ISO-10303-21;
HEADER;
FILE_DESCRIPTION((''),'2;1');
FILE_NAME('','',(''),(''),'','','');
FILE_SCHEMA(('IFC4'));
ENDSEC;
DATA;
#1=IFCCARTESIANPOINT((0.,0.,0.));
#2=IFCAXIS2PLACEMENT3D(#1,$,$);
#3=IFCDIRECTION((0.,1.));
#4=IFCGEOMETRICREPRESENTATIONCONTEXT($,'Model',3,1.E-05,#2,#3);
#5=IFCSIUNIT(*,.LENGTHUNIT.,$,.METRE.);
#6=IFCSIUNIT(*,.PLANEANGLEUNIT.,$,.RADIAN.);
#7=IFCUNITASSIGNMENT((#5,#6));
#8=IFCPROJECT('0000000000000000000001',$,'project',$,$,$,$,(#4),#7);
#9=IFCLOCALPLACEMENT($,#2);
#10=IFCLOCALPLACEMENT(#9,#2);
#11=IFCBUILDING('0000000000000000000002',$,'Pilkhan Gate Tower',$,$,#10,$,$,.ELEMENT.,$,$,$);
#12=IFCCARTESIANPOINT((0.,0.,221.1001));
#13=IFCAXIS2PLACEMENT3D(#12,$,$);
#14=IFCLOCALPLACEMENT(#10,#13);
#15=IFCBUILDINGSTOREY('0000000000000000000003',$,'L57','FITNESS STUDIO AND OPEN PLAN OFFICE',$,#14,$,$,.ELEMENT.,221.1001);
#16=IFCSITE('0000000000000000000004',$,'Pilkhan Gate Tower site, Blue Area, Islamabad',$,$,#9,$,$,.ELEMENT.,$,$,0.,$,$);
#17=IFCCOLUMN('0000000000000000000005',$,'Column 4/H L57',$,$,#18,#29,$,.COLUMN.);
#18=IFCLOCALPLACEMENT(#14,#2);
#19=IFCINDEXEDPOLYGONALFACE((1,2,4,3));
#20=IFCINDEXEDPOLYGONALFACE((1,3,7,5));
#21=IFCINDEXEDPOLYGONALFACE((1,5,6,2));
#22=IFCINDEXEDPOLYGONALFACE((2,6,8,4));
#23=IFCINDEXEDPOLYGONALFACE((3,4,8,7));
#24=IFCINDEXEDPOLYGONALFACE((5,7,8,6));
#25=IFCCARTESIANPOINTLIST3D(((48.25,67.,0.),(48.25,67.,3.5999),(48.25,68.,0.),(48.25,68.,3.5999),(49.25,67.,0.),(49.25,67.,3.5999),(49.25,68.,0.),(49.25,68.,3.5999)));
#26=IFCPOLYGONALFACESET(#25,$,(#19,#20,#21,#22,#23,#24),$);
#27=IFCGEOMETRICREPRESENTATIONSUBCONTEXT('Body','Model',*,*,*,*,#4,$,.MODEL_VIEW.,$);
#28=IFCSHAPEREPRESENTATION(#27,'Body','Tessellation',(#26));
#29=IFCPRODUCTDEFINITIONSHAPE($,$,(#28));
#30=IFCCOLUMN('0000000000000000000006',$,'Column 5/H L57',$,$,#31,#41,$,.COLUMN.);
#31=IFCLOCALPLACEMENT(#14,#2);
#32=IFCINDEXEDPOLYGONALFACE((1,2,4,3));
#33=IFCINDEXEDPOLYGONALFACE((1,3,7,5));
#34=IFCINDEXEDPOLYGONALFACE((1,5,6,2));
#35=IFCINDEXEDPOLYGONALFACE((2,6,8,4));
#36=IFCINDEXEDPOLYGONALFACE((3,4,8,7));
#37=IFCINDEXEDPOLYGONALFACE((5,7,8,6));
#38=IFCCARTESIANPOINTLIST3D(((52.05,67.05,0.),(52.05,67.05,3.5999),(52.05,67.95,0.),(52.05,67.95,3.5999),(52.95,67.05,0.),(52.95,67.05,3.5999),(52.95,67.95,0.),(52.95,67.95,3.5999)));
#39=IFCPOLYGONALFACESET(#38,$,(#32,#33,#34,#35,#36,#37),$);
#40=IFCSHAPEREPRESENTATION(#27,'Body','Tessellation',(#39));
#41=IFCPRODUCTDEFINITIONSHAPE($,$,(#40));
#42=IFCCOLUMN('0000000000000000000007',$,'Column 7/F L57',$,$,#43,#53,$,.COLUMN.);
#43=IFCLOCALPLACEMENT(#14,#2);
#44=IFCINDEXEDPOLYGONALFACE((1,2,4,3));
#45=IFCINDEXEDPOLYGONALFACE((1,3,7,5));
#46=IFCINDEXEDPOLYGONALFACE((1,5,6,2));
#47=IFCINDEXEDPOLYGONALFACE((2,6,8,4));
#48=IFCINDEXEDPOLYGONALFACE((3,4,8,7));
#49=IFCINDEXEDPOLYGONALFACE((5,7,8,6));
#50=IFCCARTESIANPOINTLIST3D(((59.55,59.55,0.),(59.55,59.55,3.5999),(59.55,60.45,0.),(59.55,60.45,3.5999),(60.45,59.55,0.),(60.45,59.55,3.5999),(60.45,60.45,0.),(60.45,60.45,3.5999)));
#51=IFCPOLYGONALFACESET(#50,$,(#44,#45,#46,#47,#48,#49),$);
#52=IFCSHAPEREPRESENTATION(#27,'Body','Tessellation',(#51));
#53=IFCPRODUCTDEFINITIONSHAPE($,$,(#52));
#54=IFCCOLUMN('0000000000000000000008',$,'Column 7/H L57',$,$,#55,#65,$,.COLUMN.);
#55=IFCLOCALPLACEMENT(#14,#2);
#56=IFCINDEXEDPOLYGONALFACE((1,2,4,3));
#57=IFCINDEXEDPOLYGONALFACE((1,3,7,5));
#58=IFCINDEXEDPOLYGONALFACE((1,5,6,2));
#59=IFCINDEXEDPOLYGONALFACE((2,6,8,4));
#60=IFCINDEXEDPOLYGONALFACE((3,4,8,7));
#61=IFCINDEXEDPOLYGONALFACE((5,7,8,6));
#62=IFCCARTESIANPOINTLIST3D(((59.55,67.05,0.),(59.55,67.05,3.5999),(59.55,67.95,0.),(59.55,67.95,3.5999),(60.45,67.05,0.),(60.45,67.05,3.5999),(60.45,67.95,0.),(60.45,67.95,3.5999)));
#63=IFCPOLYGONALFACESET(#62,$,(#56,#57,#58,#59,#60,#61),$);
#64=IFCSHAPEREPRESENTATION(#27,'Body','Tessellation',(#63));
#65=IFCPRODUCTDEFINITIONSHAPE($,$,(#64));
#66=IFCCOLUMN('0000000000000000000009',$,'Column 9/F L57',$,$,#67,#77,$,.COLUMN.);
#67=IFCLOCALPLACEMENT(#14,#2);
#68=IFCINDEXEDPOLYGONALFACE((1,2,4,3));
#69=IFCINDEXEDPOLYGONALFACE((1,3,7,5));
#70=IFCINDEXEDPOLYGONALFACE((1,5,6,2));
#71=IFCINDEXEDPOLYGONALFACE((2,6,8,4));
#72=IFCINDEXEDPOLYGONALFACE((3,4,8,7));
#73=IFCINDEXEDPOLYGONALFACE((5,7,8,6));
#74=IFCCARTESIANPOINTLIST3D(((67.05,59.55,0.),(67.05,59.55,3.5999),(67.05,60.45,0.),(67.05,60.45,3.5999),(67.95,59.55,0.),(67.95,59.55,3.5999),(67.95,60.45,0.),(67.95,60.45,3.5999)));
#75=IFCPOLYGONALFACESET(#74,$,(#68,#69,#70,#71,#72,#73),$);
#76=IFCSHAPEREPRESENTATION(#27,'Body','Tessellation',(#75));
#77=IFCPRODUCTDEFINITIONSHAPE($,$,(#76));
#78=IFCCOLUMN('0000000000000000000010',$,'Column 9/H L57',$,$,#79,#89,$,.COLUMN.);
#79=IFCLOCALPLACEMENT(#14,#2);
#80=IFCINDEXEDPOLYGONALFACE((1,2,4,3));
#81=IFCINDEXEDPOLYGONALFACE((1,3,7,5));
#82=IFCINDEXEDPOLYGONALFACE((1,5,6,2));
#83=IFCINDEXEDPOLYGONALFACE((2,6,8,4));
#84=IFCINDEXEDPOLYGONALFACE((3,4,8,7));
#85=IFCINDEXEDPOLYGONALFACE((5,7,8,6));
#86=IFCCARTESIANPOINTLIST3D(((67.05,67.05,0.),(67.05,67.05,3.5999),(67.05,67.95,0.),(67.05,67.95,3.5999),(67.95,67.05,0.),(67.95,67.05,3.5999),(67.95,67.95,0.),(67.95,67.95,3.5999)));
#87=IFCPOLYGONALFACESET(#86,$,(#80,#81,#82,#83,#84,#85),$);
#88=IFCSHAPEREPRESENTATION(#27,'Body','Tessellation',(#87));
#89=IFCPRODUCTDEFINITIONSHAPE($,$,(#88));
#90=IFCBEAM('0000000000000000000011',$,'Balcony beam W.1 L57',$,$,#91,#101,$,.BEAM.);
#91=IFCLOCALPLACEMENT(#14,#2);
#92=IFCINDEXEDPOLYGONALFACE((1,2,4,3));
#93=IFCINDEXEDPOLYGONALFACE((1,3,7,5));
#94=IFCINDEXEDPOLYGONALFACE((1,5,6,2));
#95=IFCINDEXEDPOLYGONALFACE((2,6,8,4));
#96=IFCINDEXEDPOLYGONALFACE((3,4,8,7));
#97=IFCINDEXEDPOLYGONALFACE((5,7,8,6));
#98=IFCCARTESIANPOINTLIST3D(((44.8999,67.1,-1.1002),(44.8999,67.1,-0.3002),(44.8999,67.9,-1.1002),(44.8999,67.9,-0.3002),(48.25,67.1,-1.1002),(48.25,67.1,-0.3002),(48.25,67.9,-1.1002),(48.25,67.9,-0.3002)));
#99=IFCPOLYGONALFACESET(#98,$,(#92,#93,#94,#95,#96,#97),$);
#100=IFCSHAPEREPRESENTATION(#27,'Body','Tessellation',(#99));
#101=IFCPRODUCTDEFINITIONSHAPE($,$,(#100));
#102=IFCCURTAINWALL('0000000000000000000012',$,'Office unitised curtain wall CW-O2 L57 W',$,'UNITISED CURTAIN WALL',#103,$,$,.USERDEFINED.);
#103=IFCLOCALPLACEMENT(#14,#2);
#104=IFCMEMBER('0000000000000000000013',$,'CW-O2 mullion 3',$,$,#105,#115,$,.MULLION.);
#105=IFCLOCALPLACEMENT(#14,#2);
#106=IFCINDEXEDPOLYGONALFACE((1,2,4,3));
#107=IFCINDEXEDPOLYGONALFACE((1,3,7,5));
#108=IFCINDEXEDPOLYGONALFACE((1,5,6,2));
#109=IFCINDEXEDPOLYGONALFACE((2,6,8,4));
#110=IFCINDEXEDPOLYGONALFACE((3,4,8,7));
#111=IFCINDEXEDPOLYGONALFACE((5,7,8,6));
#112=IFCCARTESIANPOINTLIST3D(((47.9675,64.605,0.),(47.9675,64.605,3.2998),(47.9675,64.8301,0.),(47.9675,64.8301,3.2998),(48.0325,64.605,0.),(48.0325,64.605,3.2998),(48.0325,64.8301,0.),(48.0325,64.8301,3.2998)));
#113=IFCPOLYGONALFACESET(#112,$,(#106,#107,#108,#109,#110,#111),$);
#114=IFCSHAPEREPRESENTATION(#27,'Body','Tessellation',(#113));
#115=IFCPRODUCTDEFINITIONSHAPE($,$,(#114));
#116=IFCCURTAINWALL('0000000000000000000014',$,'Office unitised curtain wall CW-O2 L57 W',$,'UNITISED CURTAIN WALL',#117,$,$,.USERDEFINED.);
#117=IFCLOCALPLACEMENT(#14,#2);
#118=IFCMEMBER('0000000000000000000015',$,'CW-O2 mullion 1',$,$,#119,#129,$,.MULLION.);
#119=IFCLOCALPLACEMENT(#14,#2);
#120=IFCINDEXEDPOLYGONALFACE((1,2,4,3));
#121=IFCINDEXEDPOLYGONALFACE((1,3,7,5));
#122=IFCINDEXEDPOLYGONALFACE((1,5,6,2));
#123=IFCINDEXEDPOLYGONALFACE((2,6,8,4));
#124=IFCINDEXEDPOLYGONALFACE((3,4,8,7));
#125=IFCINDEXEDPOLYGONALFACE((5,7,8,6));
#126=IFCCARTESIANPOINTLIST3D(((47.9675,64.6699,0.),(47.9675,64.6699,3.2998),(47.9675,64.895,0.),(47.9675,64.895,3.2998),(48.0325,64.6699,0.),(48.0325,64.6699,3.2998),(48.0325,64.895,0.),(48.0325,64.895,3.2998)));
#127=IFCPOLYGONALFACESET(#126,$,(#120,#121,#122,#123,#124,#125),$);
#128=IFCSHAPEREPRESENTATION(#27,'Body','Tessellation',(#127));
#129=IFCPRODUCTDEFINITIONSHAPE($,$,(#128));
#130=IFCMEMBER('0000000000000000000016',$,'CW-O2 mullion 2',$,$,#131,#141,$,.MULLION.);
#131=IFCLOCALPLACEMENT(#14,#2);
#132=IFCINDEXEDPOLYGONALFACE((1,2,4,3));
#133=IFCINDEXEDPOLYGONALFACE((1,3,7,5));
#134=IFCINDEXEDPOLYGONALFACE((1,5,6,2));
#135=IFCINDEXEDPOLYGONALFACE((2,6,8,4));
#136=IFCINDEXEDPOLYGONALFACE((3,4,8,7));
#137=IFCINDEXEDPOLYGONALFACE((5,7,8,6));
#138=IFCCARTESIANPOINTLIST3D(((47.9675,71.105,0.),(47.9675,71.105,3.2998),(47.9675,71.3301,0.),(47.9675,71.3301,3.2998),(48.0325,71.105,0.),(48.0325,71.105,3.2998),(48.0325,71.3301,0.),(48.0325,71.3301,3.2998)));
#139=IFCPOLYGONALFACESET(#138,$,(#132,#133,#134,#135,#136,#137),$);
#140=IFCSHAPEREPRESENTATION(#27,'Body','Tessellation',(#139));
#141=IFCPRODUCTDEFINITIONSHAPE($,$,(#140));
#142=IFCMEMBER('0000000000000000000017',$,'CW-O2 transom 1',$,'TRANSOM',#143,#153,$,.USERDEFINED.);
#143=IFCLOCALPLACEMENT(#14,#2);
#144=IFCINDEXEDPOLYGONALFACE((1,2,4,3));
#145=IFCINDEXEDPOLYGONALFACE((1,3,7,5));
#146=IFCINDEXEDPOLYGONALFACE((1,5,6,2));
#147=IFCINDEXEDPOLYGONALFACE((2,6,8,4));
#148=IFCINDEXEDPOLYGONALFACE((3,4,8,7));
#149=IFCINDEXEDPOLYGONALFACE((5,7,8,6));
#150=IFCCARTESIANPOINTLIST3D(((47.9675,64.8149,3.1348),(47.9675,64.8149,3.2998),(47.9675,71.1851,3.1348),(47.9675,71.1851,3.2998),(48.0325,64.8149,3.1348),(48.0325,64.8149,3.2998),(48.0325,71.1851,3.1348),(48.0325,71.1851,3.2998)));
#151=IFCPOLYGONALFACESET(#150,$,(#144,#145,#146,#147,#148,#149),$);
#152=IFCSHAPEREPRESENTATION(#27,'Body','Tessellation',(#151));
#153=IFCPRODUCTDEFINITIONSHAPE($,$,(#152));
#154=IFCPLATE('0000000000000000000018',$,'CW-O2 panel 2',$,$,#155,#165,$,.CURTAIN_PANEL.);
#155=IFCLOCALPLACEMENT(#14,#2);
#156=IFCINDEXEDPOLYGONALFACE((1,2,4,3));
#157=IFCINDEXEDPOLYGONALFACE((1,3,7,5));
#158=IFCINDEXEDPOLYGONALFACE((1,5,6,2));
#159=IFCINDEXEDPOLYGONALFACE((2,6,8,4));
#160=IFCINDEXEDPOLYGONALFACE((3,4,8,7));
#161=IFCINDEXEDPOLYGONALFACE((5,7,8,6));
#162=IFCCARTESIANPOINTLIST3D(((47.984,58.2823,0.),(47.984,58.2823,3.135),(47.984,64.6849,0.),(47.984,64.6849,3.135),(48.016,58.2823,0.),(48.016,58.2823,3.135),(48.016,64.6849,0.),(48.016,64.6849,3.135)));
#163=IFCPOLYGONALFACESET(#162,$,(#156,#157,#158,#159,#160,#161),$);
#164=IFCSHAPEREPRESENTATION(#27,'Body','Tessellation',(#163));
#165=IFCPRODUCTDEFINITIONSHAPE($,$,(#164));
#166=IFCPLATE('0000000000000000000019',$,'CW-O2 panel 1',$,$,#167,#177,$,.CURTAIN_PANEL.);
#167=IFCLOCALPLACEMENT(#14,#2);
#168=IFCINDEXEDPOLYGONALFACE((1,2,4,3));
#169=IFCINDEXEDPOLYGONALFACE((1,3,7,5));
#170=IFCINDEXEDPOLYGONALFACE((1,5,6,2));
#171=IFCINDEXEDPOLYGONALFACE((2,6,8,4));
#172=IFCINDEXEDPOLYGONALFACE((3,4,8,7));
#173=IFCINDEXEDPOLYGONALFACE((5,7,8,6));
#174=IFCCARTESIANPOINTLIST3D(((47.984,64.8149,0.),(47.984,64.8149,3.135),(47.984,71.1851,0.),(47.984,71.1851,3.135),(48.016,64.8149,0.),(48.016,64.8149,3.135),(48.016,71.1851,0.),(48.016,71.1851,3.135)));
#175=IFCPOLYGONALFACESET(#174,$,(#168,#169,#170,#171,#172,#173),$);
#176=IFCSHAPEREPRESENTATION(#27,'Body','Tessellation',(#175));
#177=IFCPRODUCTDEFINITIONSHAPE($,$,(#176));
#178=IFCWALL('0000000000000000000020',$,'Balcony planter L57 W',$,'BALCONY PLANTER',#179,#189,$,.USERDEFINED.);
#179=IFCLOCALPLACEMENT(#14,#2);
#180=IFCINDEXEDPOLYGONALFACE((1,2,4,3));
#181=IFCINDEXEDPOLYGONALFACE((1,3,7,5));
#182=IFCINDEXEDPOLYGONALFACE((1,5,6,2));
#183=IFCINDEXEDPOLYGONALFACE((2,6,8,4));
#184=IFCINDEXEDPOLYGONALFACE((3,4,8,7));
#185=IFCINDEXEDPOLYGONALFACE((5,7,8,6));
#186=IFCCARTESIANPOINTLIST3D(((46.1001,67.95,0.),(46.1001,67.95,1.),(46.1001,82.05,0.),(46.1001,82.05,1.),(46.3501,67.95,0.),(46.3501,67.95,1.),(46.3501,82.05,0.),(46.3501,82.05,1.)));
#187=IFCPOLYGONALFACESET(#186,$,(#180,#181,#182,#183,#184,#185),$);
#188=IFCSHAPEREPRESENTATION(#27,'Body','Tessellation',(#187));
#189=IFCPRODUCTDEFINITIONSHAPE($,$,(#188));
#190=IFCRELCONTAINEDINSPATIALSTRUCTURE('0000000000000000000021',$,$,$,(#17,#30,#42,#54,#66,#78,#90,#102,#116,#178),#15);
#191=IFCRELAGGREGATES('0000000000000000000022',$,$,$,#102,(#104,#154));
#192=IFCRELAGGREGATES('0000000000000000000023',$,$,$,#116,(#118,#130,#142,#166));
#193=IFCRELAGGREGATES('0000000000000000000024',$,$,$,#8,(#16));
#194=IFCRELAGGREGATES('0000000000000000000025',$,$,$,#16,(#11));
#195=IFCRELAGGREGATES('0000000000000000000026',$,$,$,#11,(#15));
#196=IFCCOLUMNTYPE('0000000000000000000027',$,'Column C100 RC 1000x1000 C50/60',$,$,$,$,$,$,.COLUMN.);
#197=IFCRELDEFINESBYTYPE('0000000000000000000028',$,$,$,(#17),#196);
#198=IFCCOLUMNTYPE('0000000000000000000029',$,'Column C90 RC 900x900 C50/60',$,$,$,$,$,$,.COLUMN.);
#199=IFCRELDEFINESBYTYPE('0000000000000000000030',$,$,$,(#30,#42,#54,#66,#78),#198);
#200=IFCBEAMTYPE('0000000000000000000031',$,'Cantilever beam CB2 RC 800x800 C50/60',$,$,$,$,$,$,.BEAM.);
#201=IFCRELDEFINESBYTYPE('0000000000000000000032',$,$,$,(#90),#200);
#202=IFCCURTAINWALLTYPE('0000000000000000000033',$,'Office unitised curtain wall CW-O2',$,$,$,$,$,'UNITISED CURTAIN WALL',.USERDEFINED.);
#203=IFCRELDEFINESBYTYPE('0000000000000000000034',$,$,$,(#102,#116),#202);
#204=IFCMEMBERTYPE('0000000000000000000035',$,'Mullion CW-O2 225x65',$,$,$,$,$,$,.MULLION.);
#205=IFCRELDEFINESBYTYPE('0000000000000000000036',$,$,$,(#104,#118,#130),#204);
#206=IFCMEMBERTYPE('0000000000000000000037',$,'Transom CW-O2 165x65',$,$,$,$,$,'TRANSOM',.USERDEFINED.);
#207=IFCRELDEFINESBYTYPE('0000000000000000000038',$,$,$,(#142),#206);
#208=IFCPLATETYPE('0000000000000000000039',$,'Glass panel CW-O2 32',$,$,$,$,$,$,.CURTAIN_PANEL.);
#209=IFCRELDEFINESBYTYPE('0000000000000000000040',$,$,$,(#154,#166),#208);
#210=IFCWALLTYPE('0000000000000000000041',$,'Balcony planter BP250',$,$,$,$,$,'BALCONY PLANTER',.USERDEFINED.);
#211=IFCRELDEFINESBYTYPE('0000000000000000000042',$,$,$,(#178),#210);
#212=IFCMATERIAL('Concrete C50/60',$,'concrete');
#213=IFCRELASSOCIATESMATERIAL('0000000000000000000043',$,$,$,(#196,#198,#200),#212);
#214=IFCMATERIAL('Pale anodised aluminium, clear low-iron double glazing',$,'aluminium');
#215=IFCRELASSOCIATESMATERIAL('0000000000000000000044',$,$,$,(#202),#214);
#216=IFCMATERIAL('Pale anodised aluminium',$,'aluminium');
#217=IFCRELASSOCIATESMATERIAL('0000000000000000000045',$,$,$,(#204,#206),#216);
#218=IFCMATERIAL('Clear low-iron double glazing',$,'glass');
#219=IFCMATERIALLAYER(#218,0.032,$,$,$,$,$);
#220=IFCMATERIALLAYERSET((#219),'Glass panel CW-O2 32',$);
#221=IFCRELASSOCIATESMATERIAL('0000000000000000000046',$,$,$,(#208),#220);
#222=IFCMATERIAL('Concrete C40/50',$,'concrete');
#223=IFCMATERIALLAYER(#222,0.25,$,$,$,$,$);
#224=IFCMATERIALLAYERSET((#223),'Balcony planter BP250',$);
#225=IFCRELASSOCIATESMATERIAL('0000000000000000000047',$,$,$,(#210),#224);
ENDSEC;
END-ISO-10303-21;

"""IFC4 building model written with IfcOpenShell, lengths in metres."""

from ifc_helpers import new_model, si_unit, direction, frame, frame_2d, origin, origin_2d, place, context, subcontext, project, spatial, rectangle, extrude, material, layer, layer_set, material_profile, profile_set, type_object, element, aggregate, save


model = new_model("IFC4")

# Units and contexts
model_context = context("Model", 3, precision=1e-05, world=origin(), true_north=direction((0.0, 1.0)))
body_context = subcontext(model_context, "Body", "Model", "MODEL_VIEW")
ifc_project = project(units=[si_unit("LENGTHUNIT", "METRE"), si_unit("PLANEANGLEUNIT", "RADIAN")], contexts=[model_context])

# Site, building, storey
site_placement = place(None, origin())
site = spatial("IfcSite", under=ifc_project, at=site_placement, Name="Pilkhan Gate Tower site, Blue Area, Islamabad", CompositionType="ELEMENT", RefElevation=0.0)
building_placement = place(site_placement, origin())
building = spatial("IfcBuilding", under=site, at=building_placement, Name="Pilkhan Gate Tower", CompositionType="ELEMENT")
storey_placement = place(building_placement, frame((0.0, 0.0, 221.1001)))
storey = spatial("IfcBuildingStorey", under=building, at=storey_placement, Name="L57", Description="FITNESS STUDIO AND OPEN PLAN OFFICE", CompositionType="ELEMENT", Elevation=221.1001)

# Columns
ifc_material_1 = material(Name="Concrete C50/60", Category="concrete")
ifc_material_profile_1 = material_profile(ifc_material_1, rectangle(XDim=1.0, YDim=1.0, at=origin_2d()), Name="RC 1000x1000")
ifc_profile_set_1 = profile_set([ifc_material_profile_1], Name="Concrete C50/60")
column_type_1 = type_object("IfcColumnType", Name="Column C100 RC 1000x1000 C50/60", PredefinedType="COLUMN", material=ifc_profile_set_1)
column_placement = place(storey_placement, frame((48.75, 67.5, 0.0), z_axis=(0.0, 0.0, 1.0), x_axis=(1.0, 0.0, 0.0)))
element("IfcColumn", 1, at=column_placement, inside=storey, type_object=column_type_1, Name="Column 4/H L57", PredefinedType="COLUMN", context=body_context, shape_type="SweptSolid", body=[
    extrude(rectangle(XDim=1.0, YDim=1.0, at=origin_2d()), origin(), (0.0, 0.0, 1.0), 3.5999),
])
ifc_material_profile_2 = material_profile(ifc_material_1, rectangle(XDim=0.8999, YDim=0.8999, at=origin_2d()), Name="RC 900x900")
ifc_profile_set_2 = profile_set([ifc_material_profile_2], Name="Concrete C50/60")
column_type_2 = type_object("IfcColumnType", Name="Column C90 RC 900x900 C50/60", PredefinedType="COLUMN", material=ifc_profile_set_2)
for number, where, z_axis, x_axis, name in (
    (2, (52.5, 67.5, 0.0), (0.0, 0.0, 1.0), (1.0, 0.0, 0.0), "Column 5/H L57"),
    (3, (60.0, 60.0, 0.0), (0.0, 0.0, 1.0), (1.0, 0.0, 0.0), "Column 7/F L57"),
    (4, (60.0, 67.5, 0.0), (0.0, 0.0, 1.0), (1.0, 0.0, 0.0), "Column 7/H L57"),
    (5, (67.5, 60.0, 0.0), (0.0, 0.0, 1.0), (1.0, 0.0, 0.0), "Column 9/F L57"),
    (6, (67.5, 67.5, 0.0), (0.0, 0.0, 1.0), (1.0, 0.0, 0.0), "Column 9/H L57"),
):
    element("IfcColumn", number, at=place(storey_placement, frame(where, z_axis=z_axis, x_axis=x_axis)), inside=storey, type_object=column_type_2, Name=name, PredefinedType="COLUMN", context=body_context, shape_type="SweptSolid", body=[
        extrude(rectangle(XDim=0.8999, YDim=0.8999, at=origin_2d()), origin(), (0.0, 0.0, 1.0), 3.5999),
    ])

# Beam
ifc_material_profile_3 = material_profile(ifc_material_1, rectangle(XDim=0.8, YDim=0.8, at=origin_2d()), Name="RC 800x800")
ifc_profile_set_3 = profile_set([ifc_material_profile_3], Name="Concrete C50/60")
beam_type = type_object("IfcBeamType", Name="Cantilever beam CB2 RC 800x800 C50/60", PredefinedType="BEAM", material=ifc_profile_set_3)
beam_placement = place(storey_placement, frame((48.25, 67.5, -0.7002), z_axis=(-1.0, 0.0, 0.0), x_axis=(0.0, -1.0, 0.0)))
element("IfcBeam", 7, at=beam_placement, inside=storey, type_object=beam_type, Name="Balcony beam W.1 L57", PredefinedType="BEAM", context=body_context, shape_type="SweptSolid", body=[
    extrude(rectangle(XDim=0.8, YDim=0.8, at=origin_2d()), origin(), (0.0, 0.0, 1.0), 3.3501),
])

# Curtain wall, member
ifc_material_2 = material(Name="Pale anodised aluminium, clear low-iron double glazing", Category="aluminium")
curtain_wall_type = type_object("IfcCurtainWallType", Name="Office unitised curtain wall CW-O2", ElementType="UNITISED CURTAIN WALL", PredefinedType="USERDEFINED", material=ifc_material_2)
curtain_wall_1_placement = place(storey_placement, origin())
curtain_wall_1 = element("IfcCurtainWall", 8, at=curtain_wall_1_placement, inside=storey, type_object=curtain_wall_type, Name="Office unitised curtain wall CW-O2 L57 W", ObjectType="UNITISED CURTAIN WALL", PredefinedType="USERDEFINED")
ifc_material_3 = material(Name="Pale anodised aluminium", Category="aluminium")
ifc_material_profile_4 = material_profile(ifc_material_3, rectangle(XDim=0.0649, YDim=0.2251, at=origin_2d()), Name="Mullion 225x65")
ifc_profile_set_4 = profile_set([ifc_material_profile_4], Name="Pale anodised aluminium")
member_type_1 = type_object("IfcMemberType", Name="Mullion CW-O2 225x65", PredefinedType="MULLION", material=ifc_profile_set_4)
member_1_placement = place(storey_placement, frame((48.0, 64.7175, 0.0), z_axis=(0.0, 0.0, 1.0), x_axis=(-1.0, 0.0, 0.0)))
member_1 = element("IfcMember", 9, at=member_1_placement, type_object=member_type_1, Name="CW-O2 mullion 3", PredefinedType="MULLION", context=body_context, shape_type="SweptSolid", body=[
    extrude(rectangle(XDim=0.0649, YDim=0.2251, at=origin_2d()), origin(), (0.0, 0.0, 1.0), 3.2998),
])

# Curtain wall, members
curtain_wall_2_placement = place(storey_placement, origin())
curtain_wall_2 = element("IfcCurtainWall", 10, at=curtain_wall_2_placement, inside=storey, type_object=curtain_wall_type, Name="Office unitised curtain wall CW-O2 L57 W", ObjectType="UNITISED CURTAIN WALL", PredefinedType="USERDEFINED")
member_2_placement = place(storey_placement, frame((48.0, 64.7825, 0.0), z_axis=(0.0, 0.0, 1.0), x_axis=(-1.0, 0.0, 0.0)))
member_2 = element("IfcMember", 11, at=member_2_placement, type_object=member_type_1, Name="CW-O2 mullion 1", PredefinedType="MULLION", context=body_context, shape_type="SweptSolid", body=[
    extrude(rectangle(XDim=0.0649, YDim=0.2251, at=origin_2d()), origin(), (0.0, 0.0, 1.0), 3.2998),
])
member_3_placement = place(storey_placement, frame((48.0, 71.2175, 0.0), z_axis=(0.0, 0.0, 1.0), x_axis=(-1.0, 0.0, 0.0)))
member_3 = element("IfcMember", 12, at=member_3_placement, type_object=member_type_1, Name="CW-O2 mullion 2", PredefinedType="MULLION", context=body_context, shape_type="SweptSolid", body=[
    extrude(rectangle(XDim=0.0649, YDim=0.2251, at=origin_2d()), origin(), (0.0, 0.0, 1.0), 3.2998),
])
ifc_material_profile_5 = material_profile(ifc_material_3, rectangle(XDim=0.0649, YDim=0.165, at=origin_2d()), Name="Transom 165x65")
ifc_profile_set_5 = profile_set([ifc_material_profile_5], Name="Pale anodised aluminium")
member_type_2 = type_object("IfcMemberType", Name="Transom CW-O2 165x65", ElementType="TRANSOM", PredefinedType="USERDEFINED", material=ifc_profile_set_5)
member_4_placement = place(storey_placement, frame((48.0, 64.8149, 3.2173), z_axis=(0.0, 1.0, 0.0), x_axis=(-1.0, 0.0, 0.0)))
member_4 = element("IfcMember", 13, at=member_4_placement, type_object=member_type_2, Name="CW-O2 transom 1", ObjectType="TRANSOM", PredefinedType="USERDEFINED", context=body_context, shape_type="SweptSolid", body=[
    extrude(rectangle(XDim=0.0649, YDim=0.165, at=origin_2d()), origin(), (0.0, 0.0, 1.0), 6.3701),
])

# Plates
ifc_material_4 = material(Name="Clear low-iron double glazing", Category="glass")
ifc_layer_1 = layer(ifc_material_4, 0.032)
ifc_layer_set_1 = layer_set([ifc_layer_1], Name="Glass panel CW-O2 32")
plate_type = type_object("IfcPlateType", Name="Glass panel CW-O2 32", PredefinedType="CURTAIN_PANEL", material=ifc_layer_set_1)
plate_1_placement = place(storey_placement, frame((48.0, 61.4836, 0.0), z_axis=(0.0, 0.0, 1.0), x_axis=(0.0, 1.0, 0.0)))
plate_1 = element("IfcPlate", 14, at=plate_1_placement, type_object=plate_type, Name="CW-O2 panel 2", PredefinedType="CURTAIN_PANEL", context=body_context, shape_type="SweptSolid", body=[
    extrude(rectangle(XDim=6.4026, YDim=0.032, at=origin_2d()), origin(), (0.0, 0.0, 1.0), 3.135),
])
aggregate(curtain_wall_1, [member_1, plate_1])
plate_2_placement = place(storey_placement, frame((48.0, 68.0, 0.0), z_axis=(0.0, 0.0, 1.0), x_axis=(0.0, 1.0, 0.0)))
plate_2 = element("IfcPlate", 15, at=plate_2_placement, type_object=plate_type, Name="CW-O2 panel 1", PredefinedType="CURTAIN_PANEL", context=body_context, shape_type="SweptSolid", body=[
    extrude(rectangle(XDim=6.3701, YDim=0.032, at=origin_2d()), origin(), (0.0, 0.0, 1.0), 3.135),
])
aggregate(curtain_wall_2, [member_2, member_3, member_4, plate_2])

# Wall
ifc_material_5 = material(Name="Concrete C40/50", Category="concrete")
ifc_layer_2 = layer(ifc_material_5, 0.25)
ifc_layer_set_2 = layer_set([ifc_layer_2], Name="Balcony planter BP250")
wall_type_1 = type_object("IfcWallType", Name="Balcony planter BP250", ElementType="BALCONY PLANTER", PredefinedType="USERDEFINED", material=ifc_layer_set_2)
wall_1_placement = place(storey_placement, frame((46.2251, 67.95, 0.0), z_axis=(0.0, 0.0, 1.0), x_axis=(0.0, 1.0, 0.0)))
element("IfcWall", 16, at=wall_1_placement, inside=storey, type_object=wall_type_1, Name="Balcony planter L57 W", ObjectType="BALCONY PLANTER", PredefinedType="USERDEFINED", context=body_context, shape_type="SweptSolid", body=[
    extrude(rectangle(XDim=14.1001, YDim=0.25, at=frame_2d((7.05, 0.0))), origin(), (0.0, 0.0, 1.0), 1.0),
])

save(model, "model.ifc")
